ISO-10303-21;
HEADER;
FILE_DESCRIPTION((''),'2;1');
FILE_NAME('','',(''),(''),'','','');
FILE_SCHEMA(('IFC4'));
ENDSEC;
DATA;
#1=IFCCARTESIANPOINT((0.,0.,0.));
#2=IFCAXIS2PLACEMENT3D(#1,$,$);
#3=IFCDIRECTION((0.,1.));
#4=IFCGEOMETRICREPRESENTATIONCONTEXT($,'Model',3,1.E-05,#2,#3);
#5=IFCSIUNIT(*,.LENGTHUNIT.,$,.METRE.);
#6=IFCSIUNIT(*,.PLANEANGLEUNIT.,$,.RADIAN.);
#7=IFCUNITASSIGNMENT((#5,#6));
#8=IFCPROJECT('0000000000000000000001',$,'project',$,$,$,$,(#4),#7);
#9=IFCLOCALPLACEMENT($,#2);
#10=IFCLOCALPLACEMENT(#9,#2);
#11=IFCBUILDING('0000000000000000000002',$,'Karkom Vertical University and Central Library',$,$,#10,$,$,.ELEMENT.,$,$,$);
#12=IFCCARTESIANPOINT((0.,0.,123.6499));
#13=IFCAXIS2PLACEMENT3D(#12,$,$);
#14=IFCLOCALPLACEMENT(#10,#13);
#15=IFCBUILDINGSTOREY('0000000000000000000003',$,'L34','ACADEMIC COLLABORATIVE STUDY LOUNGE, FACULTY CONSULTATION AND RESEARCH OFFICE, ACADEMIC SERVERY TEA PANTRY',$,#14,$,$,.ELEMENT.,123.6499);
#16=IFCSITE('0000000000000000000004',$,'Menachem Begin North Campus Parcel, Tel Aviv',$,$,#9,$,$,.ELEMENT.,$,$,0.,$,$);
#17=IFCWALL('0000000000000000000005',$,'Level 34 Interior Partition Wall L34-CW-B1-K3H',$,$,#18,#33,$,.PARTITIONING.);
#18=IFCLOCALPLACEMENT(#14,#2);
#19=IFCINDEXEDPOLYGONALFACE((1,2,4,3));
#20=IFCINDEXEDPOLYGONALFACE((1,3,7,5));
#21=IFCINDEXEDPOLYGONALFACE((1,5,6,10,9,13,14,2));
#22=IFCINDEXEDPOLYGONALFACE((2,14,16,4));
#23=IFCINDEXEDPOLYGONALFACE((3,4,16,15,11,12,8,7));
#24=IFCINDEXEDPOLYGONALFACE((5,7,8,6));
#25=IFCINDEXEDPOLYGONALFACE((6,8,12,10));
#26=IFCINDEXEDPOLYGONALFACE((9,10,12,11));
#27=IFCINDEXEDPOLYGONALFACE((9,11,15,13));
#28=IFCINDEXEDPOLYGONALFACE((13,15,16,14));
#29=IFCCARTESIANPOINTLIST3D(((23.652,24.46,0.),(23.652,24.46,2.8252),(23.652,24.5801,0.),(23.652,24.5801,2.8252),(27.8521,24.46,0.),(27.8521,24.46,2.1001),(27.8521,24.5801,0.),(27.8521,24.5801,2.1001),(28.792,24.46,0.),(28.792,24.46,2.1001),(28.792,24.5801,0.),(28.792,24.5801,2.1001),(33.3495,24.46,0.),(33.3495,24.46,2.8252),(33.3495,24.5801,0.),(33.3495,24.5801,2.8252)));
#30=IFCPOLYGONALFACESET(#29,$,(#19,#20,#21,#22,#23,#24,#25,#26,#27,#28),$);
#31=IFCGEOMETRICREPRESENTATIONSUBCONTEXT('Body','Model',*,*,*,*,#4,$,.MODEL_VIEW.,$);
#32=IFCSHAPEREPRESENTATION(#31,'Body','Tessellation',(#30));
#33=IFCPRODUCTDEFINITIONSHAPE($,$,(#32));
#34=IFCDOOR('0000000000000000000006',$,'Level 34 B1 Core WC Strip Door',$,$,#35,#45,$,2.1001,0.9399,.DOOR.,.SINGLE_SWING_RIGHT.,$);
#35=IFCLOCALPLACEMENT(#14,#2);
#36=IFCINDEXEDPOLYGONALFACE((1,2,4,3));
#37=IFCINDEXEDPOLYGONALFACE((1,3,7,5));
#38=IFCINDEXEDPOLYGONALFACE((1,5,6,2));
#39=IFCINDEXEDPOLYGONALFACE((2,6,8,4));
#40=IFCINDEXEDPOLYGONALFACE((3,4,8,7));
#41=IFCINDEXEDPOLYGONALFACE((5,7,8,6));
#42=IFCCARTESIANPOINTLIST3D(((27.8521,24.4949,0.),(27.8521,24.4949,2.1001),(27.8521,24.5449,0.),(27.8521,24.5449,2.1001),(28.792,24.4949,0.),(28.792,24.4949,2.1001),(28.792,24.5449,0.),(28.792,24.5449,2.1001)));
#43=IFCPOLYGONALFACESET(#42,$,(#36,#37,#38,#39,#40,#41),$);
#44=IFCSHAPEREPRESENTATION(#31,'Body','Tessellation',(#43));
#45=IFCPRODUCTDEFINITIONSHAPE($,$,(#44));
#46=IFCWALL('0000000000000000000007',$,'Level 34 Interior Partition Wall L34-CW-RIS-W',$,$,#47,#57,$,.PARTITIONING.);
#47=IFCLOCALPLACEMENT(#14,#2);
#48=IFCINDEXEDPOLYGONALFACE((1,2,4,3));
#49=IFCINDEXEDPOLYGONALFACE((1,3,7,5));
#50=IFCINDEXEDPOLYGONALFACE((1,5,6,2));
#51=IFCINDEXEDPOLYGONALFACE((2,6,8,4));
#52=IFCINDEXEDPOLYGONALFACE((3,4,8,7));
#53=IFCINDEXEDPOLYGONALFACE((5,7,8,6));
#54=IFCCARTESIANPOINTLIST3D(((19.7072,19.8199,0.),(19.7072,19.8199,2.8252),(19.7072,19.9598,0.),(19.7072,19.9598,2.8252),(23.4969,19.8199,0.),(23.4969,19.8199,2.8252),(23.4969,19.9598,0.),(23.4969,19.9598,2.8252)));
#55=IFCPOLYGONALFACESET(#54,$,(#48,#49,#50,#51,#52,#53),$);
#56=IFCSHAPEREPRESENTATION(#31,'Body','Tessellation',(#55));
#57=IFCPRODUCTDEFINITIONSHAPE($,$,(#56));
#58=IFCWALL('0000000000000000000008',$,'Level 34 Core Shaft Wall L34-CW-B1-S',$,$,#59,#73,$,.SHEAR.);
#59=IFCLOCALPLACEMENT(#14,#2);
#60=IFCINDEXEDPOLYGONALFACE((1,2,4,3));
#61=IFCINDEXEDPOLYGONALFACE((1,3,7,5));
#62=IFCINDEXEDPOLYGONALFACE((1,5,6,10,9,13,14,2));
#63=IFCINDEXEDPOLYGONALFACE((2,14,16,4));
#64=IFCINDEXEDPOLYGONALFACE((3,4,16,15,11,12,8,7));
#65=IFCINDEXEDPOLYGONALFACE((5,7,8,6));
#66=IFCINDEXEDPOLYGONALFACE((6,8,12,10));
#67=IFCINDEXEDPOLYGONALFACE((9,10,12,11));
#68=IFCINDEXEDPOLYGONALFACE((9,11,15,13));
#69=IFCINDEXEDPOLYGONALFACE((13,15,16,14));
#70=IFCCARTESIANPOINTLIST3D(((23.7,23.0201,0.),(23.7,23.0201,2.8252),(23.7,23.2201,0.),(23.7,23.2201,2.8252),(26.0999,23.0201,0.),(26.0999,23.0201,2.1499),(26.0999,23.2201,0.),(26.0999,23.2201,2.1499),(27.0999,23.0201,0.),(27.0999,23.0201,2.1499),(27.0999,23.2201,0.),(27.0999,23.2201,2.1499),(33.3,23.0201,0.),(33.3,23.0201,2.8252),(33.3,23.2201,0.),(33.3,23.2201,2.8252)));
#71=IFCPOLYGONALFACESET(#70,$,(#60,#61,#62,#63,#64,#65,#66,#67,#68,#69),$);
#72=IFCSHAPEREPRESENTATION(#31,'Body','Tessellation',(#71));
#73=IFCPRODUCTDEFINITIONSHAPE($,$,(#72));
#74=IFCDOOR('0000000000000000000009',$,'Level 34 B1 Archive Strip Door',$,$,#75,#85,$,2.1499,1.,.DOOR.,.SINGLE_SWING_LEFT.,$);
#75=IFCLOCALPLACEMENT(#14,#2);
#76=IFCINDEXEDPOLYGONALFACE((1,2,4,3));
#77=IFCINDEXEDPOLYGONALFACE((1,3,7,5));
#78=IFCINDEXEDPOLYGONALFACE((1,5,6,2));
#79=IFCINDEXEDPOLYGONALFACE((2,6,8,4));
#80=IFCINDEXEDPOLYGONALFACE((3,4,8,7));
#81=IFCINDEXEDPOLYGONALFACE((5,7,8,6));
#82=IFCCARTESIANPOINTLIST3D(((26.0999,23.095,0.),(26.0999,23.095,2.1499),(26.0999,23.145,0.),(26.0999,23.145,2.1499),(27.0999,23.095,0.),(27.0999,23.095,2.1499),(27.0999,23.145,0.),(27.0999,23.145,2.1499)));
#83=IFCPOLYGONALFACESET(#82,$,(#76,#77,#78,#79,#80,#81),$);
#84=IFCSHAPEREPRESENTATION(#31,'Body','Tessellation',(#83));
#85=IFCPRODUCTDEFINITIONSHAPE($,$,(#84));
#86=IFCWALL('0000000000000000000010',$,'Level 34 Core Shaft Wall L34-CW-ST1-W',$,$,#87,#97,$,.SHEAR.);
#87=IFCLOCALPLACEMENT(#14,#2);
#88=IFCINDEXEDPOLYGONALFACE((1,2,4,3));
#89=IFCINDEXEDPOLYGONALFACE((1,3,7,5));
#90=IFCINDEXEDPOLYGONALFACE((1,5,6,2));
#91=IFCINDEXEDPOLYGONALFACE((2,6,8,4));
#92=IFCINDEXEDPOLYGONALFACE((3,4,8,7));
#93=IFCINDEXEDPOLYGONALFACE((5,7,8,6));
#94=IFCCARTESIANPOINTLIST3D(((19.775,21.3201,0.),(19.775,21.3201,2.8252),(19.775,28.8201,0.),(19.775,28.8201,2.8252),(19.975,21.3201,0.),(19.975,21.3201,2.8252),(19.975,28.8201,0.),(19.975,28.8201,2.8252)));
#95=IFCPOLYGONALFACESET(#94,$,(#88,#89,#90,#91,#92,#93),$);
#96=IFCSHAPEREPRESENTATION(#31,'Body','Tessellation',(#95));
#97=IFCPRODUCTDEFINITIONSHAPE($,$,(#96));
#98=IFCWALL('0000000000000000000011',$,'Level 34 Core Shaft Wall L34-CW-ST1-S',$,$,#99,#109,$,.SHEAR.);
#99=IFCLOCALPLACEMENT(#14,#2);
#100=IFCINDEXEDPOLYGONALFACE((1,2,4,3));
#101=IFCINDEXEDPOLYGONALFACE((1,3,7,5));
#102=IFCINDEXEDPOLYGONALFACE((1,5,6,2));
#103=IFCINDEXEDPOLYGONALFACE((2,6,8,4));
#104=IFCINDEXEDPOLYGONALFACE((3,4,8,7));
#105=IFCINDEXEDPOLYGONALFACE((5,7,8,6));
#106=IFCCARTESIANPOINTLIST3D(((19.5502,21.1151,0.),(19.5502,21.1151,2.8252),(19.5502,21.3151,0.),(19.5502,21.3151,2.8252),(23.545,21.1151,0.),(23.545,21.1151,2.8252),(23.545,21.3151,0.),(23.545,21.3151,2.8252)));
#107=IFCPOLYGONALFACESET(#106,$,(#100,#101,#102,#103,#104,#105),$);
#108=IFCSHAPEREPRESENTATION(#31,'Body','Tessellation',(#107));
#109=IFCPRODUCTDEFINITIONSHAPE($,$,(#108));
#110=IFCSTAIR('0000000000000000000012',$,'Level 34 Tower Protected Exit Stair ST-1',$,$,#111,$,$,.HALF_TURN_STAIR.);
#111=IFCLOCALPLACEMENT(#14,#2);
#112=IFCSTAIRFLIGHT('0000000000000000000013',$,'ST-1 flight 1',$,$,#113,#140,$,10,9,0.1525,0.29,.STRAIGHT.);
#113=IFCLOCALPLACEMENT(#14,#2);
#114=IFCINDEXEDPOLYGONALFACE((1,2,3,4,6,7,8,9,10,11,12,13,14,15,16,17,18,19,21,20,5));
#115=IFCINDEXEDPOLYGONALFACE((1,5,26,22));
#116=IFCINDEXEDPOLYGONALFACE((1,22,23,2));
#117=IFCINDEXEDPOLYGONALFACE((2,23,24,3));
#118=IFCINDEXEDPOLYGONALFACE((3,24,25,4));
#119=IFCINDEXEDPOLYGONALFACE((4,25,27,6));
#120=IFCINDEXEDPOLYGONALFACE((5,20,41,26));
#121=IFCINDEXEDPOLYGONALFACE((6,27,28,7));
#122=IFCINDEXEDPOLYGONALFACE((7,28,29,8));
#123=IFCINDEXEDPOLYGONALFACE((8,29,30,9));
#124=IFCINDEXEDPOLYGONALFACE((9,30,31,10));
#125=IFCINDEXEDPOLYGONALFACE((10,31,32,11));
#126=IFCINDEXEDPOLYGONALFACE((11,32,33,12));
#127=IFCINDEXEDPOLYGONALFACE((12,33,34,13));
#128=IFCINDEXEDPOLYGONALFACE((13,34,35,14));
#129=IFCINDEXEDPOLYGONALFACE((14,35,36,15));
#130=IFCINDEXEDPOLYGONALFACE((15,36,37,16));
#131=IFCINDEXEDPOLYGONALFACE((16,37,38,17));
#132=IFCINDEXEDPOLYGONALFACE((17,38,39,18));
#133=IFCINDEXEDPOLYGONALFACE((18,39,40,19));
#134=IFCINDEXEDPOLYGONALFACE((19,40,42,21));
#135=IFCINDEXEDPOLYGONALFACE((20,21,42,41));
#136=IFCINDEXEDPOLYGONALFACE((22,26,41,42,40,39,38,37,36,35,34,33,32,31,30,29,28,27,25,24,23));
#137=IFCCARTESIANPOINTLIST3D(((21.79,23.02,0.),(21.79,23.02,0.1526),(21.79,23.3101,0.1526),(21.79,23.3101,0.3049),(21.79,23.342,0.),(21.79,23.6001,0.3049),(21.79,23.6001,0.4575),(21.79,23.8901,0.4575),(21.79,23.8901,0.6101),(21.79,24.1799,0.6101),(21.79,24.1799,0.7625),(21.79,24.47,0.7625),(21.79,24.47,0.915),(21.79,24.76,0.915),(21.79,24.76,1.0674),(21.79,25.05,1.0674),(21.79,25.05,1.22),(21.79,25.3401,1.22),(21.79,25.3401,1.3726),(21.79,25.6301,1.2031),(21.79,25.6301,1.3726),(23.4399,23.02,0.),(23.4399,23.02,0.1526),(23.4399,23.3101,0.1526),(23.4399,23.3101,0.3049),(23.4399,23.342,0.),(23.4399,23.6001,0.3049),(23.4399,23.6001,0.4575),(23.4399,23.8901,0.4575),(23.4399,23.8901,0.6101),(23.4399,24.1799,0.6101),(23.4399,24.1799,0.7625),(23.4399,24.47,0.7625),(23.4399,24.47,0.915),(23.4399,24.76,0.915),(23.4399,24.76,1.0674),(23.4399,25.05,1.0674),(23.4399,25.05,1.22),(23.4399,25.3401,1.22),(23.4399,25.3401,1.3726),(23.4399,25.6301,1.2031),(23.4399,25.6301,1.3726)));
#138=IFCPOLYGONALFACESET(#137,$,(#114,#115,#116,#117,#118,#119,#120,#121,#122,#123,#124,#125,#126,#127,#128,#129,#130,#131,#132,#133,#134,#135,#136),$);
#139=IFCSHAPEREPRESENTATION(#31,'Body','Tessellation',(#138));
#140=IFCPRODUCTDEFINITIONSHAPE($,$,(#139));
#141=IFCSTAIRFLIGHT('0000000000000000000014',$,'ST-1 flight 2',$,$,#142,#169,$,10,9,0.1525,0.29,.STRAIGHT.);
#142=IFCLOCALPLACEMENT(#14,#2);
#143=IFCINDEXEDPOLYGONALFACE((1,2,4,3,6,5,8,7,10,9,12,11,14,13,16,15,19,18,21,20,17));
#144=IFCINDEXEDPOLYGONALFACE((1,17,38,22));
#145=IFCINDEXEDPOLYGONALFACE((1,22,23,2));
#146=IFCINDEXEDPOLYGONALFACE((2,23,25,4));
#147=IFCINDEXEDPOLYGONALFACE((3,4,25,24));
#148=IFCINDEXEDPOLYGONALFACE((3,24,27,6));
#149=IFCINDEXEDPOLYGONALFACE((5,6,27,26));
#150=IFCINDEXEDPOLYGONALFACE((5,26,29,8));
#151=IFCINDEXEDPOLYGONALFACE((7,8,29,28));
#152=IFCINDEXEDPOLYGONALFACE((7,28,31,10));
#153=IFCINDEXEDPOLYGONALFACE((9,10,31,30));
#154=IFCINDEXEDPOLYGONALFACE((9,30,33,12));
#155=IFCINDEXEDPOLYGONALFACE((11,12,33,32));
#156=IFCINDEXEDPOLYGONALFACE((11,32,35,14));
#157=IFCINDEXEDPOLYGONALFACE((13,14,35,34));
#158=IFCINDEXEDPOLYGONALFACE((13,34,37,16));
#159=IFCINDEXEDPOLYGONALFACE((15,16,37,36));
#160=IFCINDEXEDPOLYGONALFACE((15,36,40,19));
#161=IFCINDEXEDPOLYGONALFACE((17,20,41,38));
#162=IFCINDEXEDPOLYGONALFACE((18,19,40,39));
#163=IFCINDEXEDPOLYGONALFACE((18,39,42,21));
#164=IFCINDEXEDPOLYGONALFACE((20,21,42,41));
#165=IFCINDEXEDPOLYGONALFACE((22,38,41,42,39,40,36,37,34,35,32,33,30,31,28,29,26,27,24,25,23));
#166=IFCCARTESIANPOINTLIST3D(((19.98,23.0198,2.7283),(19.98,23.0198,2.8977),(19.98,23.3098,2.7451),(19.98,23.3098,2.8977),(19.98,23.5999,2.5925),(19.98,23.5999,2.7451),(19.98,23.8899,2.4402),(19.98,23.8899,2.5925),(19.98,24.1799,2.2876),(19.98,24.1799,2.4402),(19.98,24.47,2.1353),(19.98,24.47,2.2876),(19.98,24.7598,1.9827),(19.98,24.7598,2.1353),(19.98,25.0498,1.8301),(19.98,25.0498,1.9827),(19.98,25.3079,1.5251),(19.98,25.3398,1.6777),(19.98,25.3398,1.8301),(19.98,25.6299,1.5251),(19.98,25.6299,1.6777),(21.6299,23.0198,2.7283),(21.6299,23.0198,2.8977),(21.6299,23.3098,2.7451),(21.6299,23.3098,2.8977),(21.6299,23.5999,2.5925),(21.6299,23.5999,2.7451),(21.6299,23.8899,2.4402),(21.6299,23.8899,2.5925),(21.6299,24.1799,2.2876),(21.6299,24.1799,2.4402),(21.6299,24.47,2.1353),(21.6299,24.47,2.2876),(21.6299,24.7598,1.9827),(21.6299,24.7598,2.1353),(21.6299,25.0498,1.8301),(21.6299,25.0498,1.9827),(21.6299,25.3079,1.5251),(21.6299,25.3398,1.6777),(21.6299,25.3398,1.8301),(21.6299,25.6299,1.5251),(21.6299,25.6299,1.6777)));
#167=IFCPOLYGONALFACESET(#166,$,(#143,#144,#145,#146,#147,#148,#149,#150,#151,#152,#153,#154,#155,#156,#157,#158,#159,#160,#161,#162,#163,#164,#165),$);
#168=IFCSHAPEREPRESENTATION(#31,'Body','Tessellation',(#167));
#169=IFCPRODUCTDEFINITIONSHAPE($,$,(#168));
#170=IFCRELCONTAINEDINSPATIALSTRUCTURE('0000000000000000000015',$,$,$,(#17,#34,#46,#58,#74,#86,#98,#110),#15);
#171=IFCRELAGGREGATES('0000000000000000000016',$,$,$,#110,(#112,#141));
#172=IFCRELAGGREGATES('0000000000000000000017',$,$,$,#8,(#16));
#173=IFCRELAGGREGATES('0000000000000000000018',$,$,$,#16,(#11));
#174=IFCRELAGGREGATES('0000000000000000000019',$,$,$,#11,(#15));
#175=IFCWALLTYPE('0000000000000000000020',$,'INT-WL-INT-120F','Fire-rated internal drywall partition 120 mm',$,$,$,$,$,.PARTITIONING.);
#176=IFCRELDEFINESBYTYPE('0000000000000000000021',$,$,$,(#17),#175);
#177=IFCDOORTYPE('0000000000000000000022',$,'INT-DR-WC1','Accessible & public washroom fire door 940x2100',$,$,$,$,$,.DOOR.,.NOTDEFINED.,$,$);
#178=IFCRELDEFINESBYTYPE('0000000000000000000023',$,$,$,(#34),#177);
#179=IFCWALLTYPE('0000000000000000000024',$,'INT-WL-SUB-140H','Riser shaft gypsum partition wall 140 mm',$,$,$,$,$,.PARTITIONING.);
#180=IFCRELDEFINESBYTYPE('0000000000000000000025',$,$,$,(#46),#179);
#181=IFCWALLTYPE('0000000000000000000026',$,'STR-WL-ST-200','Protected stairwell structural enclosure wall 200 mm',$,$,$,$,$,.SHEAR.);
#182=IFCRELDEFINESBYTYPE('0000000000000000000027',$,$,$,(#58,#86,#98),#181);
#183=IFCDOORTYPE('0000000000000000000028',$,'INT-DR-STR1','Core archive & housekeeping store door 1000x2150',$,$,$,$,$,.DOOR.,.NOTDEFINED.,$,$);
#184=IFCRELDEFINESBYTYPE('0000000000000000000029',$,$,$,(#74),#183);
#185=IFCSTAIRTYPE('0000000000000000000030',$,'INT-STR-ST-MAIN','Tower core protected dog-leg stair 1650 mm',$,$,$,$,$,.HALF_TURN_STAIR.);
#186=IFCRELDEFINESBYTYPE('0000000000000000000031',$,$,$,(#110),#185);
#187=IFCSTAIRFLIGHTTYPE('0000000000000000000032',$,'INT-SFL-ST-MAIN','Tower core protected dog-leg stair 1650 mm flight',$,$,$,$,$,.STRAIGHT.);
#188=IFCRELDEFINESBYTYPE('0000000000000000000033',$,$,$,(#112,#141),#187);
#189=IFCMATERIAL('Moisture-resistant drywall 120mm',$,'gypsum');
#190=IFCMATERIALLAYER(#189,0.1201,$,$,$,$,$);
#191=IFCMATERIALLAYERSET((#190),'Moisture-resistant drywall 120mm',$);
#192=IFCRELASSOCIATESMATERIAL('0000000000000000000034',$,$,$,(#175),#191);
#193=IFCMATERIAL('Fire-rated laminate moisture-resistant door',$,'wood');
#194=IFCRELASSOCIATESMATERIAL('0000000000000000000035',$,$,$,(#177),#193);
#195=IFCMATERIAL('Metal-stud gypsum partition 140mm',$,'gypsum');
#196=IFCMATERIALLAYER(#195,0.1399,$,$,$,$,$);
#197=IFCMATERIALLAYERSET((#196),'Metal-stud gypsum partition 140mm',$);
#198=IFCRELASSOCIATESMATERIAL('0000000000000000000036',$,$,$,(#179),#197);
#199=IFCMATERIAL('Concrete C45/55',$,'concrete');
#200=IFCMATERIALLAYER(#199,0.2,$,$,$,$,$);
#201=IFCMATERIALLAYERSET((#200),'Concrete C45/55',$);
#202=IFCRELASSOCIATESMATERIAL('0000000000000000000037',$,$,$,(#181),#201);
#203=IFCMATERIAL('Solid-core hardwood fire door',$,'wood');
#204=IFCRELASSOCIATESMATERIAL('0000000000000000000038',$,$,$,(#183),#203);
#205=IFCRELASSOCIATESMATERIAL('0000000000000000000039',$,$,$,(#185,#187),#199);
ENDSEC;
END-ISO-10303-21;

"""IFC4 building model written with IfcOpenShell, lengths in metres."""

from ifc_helpers import new_model, si_unit, direction, frame, frame_2d, origin, origin_with_axes, place, context, subcontext, project, spatial, polyline, rectangle, outline, extrude, source, transform, mapped, material, layer, layer_set, type_object, element, fill, aggregate, save


model = new_model("IFC4")

# Units and contexts
model_context = context("Model", 3, precision=1e-05, world=origin(), true_north=direction((0.0, 1.0)))
body_context = subcontext(model_context, "Body", "Model", "MODEL_VIEW")
ifc_project = project(units=[si_unit("LENGTHUNIT", "METRE"), si_unit("PLANEANGLEUNIT", "RADIAN")], contexts=[model_context])

# Site, building, storey
site_placement = place(None, origin())
site = spatial("IfcSite", under=ifc_project, at=site_placement, Name="Menachem Begin North Campus Parcel, Tel Aviv", CompositionType="ELEMENT", RefElevation=0.0)
building_placement = place(site_placement, origin())
building = spatial("IfcBuilding", under=site, at=building_placement, Name="Karkom Vertical University and Central Library", CompositionType="ELEMENT")
storey_placement = place(building_placement, frame((0.0, 0.0, 123.6499)))
storey = spatial("IfcBuildingStorey", under=building, at=storey_placement, Name="L34", Description="ACADEMIC COLLABORATIVE STUDY LOUNGE, FACULTY CONSULTATION AND RESEARCH OFFICE, ACADEMIC SERVERY TEA PANTRY", CompositionType="ELEMENT", Elevation=123.6499)

# Wall, opening, door
ifc_material_1 = material(Name="Moisture-resistant drywall 120mm", Category="gypsum")
ifc_layer_1 = layer(ifc_material_1, 0.1201)
ifc_layer_set_1 = layer_set([ifc_layer_1], Name="Moisture-resistant drywall 120mm")
wall_type_1 = type_object("IfcWallType", Name="INT-WL-INT-120F", Description="Fire-rated internal drywall partition 120 mm", PredefinedType="PARTITIONING", material=ifc_layer_set_1)
wall_1_placement = place(storey_placement, frame((23.6521, 24.52, 0.0), z_axis=(0.0, 0.0, 1.0), x_axis=(1.0, 0.0, 0.0)))
wall_1 = element("IfcWall", 1, at=wall_1_placement, inside=storey, type_object=wall_type_1, Name="Level 34 Interior Partition Wall L34-CW-B1-K3H", PredefinedType="PARTITIONING", context=body_context, shape_type="SweptSolid", body=[
    extrude(rectangle(XDim=9.6975, YDim=0.1201, at=frame_2d((4.8486, 0.0))), origin(), (0.0, 0.0, 1.0), 2.8252),
])
opening_1_placement = place(wall_1_placement, frame((4.2, 0.0, 0.0)))
opening_1 = element("IfcOpeningElement", 2, at=opening_1_placement, cuts=wall_1, PredefinedType="OPENING", context=body_context, shape_type="SweptSolid", body=[
    extrude(rectangle(XDim=0.9399, YDim=2.1001, at=frame_2d((0.47, 1.05))), frame((0.0, 0.0701, 0.0), z_axis=(0.0, -1.0, 0.0), x_axis=(1.0, 0.0, 0.0)), (0.0, 0.0, 1.0), 0.1401),
])
ifc_material_2 = material(Name="Fire-rated laminate moisture-resistant door", Category="wood")
door_type_1 = type_object("IfcDoorType", Name="INT-DR-WC1", Description="Accessible & public washroom fire door 940x2100", OperationType="NOTDEFINED", PredefinedType="DOOR", material=ifc_material_2)
shared_shape_1 = source(origin_with_axes(), body_context, "Body", "SweptSolid", [
    extrude(rectangle(XDim=0.9399, YDim=2.1001, at=frame_2d((0.47, 1.05))), frame((0.0, 0.0249, 0.0), z_axis=(0.0, -1.0, 0.0), x_axis=(1.0, 0.0, 0.0)), (0.0, 0.0, 1.0), 0.05),
])
door_1_placement = place(opening_1_placement, origin())
door_1 = element("IfcDoor", 3, at=door_1_placement, inside=storey, type_object=door_type_1, Name="Level 34 B1 Core WC Strip Door", OperationType="SINGLE_SWING_RIGHT", OverallHeight=2.1001, OverallWidth=0.9399, PredefinedType="DOOR", context=body_context, shape_type="MappedRepresentation", body=[
    mapped(shared_shape_1, transform((0.0, 0.0, 0.0), scale=1.0)),
])
fill(opening_1, door_1)

# Wall
ifc_material_3 = material(Name="Metal-stud gypsum partition 140mm", Category="gypsum")
ifc_layer_2 = layer(ifc_material_3, 0.1399)
ifc_layer_set_2 = layer_set([ifc_layer_2], Name="Metal-stud gypsum partition 140mm")
wall_type_2 = type_object("IfcWallType", Name="INT-WL-SUB-140H", Description="Riser shaft gypsum partition wall 140 mm", PredefinedType="PARTITIONING", material=ifc_layer_set_2)
wall_2_placement = place(storey_placement, frame((19.707, 19.8899, 0.0), z_axis=(0.0, 0.0, 1.0), x_axis=(1.0, 0.0, 0.0)))
element("IfcWall", 4, at=wall_2_placement, inside=storey, type_object=wall_type_2, Name="Level 34 Interior Partition Wall L34-CW-RIS-W", PredefinedType="PARTITIONING", context=body_context, shape_type="SweptSolid", body=[
    extrude(rectangle(XDim=3.7898, YDim=0.1399, at=frame_2d((1.895, 0.0))), origin(), (0.0, 0.0, 1.0), 2.8252),
])

# Shared definitions
ifc_material_4 = material(Name="Concrete C45/55", Category="concrete")
ifc_layer_3 = layer(ifc_material_4, 0.2)
ifc_layer_set_3 = layer_set([ifc_layer_3], Name="Concrete C45/55")
wall_type_3 = type_object("IfcWallType", Name="STR-WL-ST-200", Description="Protected stairwell structural enclosure wall 200 mm", PredefinedType="SHEAR", material=ifc_layer_set_3)

# Wall, opening, door
wall_3_placement = place(storey_placement, frame((23.7, 23.1201, 0.0), z_axis=(0.0, 0.0, 1.0), x_axis=(1.0, 0.0, 0.0)))
wall_3 = element("IfcWall", 5, at=wall_3_placement, inside=storey, type_object=wall_type_3, Name="Level 34 Core Shaft Wall L34-CW-B1-S", PredefinedType="SHEAR", context=body_context, shape_type="SweptSolid", body=[
    extrude(rectangle(XDim=9.6001, YDim=0.2, at=frame_2d((4.8, 0.0))), origin(), (0.0, 0.0, 1.0), 2.8252),
])
opening_2_placement = place(wall_3_placement, frame((2.3999, 0.0, 0.0)))
opening_2 = element("IfcOpeningElement", 6, at=opening_2_placement, cuts=wall_3, PredefinedType="OPENING", context=body_context, shape_type="SweptSolid", body=[
    extrude(rectangle(XDim=1.0, YDim=2.1499, at=frame_2d((0.5, 1.075))), frame((0.0, 0.1099, 0.0), z_axis=(0.0, -1.0, 0.0), x_axis=(1.0, 0.0, 0.0)), (0.0, 0.0, 1.0), 0.22),
])
ifc_material_5 = material(Name="Solid-core hardwood fire door", Category="wood")
door_type_2 = type_object("IfcDoorType", Name="INT-DR-STR1", Description="Core archive & housekeeping store door 1000x2150", OperationType="NOTDEFINED", PredefinedType="DOOR", material=ifc_material_5)
shared_shape_2 = source(origin_with_axes(), body_context, "Body", "SweptSolid", [
    extrude(rectangle(XDim=1.0, YDim=2.1499, at=frame_2d((0.5, 1.075))), frame((0.0, 0.0249, 0.0), z_axis=(0.0, -1.0, 0.0), x_axis=(1.0, 0.0, 0.0)), (0.0, 0.0, 1.0), 0.05),
])
door_2_placement = place(opening_2_placement, origin())
door_2 = element("IfcDoor", 7, at=door_2_placement, inside=storey, type_object=door_type_2, Name="Level 34 B1 Archive Strip Door", OperationType="SINGLE_SWING_LEFT", OverallHeight=2.1499, OverallWidth=1.0, PredefinedType="DOOR", context=body_context, shape_type="MappedRepresentation", body=[
    mapped(shared_shape_2, transform((0.0, 0.0, 0.0), scale=1.0)),
])
fill(opening_2, door_2)

# Walls
wall_4_placement = place(storey_placement, frame((19.875, 21.3201, 0.0), z_axis=(0.0, 0.0, 1.0), x_axis=(0.0, 1.0, 0.0)))
element("IfcWall", 8, at=wall_4_placement, inside=storey, type_object=wall_type_3, Name="Level 34 Core Shaft Wall L34-CW-ST1-W", PredefinedType="SHEAR", context=body_context, shape_type="SweptSolid", body=[
    extrude(rectangle(XDim=7.5, YDim=0.2, at=frame_2d((3.75, 0.0))), origin(), (0.0, 0.0, 1.0), 2.8252),
])
wall_5_placement = place(storey_placement, frame((19.55, 21.2151, 0.0), z_axis=(0.0, 0.0, 1.0), x_axis=(1.0, 0.0, 0.0)))
element("IfcWall", 9, at=wall_5_placement, inside=storey, type_object=wall_type_3, Name="Level 34 Core Shaft Wall L34-CW-ST1-S", PredefinedType="SHEAR", context=body_context, shape_type="SweptSolid", body=[
    extrude(rectangle(XDim=3.9949, YDim=0.2, at=frame_2d((1.9976, 0.0))), origin(), (0.0, 0.0, 1.0), 2.8252),
])

# Stair, stair flights
stair_type = type_object("IfcStairType", Name="INT-STR-ST-MAIN", Description="Tower core protected dog-leg stair 1650 mm", PredefinedType="HALF_TURN_STAIR", material=ifc_material_4)
stair_placement = place(storey_placement, origin())
stair = element("IfcStair", 10, at=stair_placement, inside=storey, type_object=stair_type, Name="Level 34 Tower Protected Exit Stair ST-1", PredefinedType="HALF_TURN_STAIR")
stair_flight_type = type_object("IfcStairFlightType", Name="INT-SFL-ST-MAIN", Description="Tower core protected dog-leg stair 1650 mm flight", PredefinedType="STRAIGHT", material=ifc_material_4)
stair_flight_1_placement = place(storey_placement, frame((22.615, 23.02, 0.0), z_axis=(0.0, 0.0, 1.0), x_axis=(0.0, 1.0, 0.0)))
stair_flight_1 = element("IfcStairFlight", 11, at=stair_flight_1_placement, type_object=stair_flight_type, Name="ST-1 flight 1", NumberOfRisers=10, NumberOfTreads=9, PredefinedType="STRAIGHT", RiserHeight=0.1525, TreadLength=0.29, context=body_context, shape_type="SweptSolid", body=[
    extrude(outline(polyline([(0.0, 0.0), (0.0, 0.1526), (0.29, 0.1526), (0.29, 0.3049), (0.5801, 0.3049), (0.5801, 0.4575), (0.8701, 0.4575), (0.8701, 0.6101), (1.1599, 0.6101), (1.1599, 0.7625), (1.45, 0.7625), (1.45, 0.915), (1.74, 0.915), (1.74, 1.0674), (2.03, 1.0674), (2.03, 1.22), (2.3201, 1.22), (2.3201, 1.3726), (2.6101, 1.3726), (2.6101, 1.5249), (2.6101, 1.2031), (0.322, 0.0), (0.0, 0.0)])), frame((0.0, 0.825, 0.0), z_axis=(0.0, -1.0, 0.0), x_axis=(1.0, 0.0, 0.0)), (0.0, 0.0, 1.0), 1.6499),
])
stair_flight_2_placement = place(storey_placement, frame((20.8049, 25.6299, 1.5251), z_axis=(0.0, 0.0, 1.0), x_axis=(0.0, -1.0, 0.0)))
stair_flight_2 = element("IfcStairFlight", 12, at=stair_flight_2_placement, type_object=stair_flight_type, Name="ST-1 flight 2", NumberOfRisers=10, NumberOfTreads=9, PredefinedType="STRAIGHT", RiserHeight=0.1525, TreadLength=0.29, context=body_context, shape_type="SweptSolid", body=[
    extrude(outline(polyline([(0.0, 0.0), (0.0, 0.1526), (0.29, 0.1526), (0.29, 0.3049), (0.5801, 0.3049), (0.5801, 0.4575), (0.8701, 0.4575), (0.8701, 0.6101), (1.1599, 0.6101), (1.1599, 0.7625), (1.45, 0.7625), (1.45, 0.915), (1.74, 0.915), (1.74, 1.0674), (2.03, 1.0674), (2.03, 1.22), (2.3201, 1.22), (2.3201, 1.3726), (2.6101, 1.3726), (2.6101, 1.5249), (2.6101, 1.2031), (0.322, 0.0), (0.0, 0.0)])), frame((0.0, 0.825, 0.0), z_axis=(0.0, -1.0, 0.0), x_axis=(1.0, 0.0, 0.0)), (0.0, 0.0, 1.0), 1.6499),
])
aggregate(stair, [stair_flight_1, stair_flight_2])

save(model, "model.ifc")
